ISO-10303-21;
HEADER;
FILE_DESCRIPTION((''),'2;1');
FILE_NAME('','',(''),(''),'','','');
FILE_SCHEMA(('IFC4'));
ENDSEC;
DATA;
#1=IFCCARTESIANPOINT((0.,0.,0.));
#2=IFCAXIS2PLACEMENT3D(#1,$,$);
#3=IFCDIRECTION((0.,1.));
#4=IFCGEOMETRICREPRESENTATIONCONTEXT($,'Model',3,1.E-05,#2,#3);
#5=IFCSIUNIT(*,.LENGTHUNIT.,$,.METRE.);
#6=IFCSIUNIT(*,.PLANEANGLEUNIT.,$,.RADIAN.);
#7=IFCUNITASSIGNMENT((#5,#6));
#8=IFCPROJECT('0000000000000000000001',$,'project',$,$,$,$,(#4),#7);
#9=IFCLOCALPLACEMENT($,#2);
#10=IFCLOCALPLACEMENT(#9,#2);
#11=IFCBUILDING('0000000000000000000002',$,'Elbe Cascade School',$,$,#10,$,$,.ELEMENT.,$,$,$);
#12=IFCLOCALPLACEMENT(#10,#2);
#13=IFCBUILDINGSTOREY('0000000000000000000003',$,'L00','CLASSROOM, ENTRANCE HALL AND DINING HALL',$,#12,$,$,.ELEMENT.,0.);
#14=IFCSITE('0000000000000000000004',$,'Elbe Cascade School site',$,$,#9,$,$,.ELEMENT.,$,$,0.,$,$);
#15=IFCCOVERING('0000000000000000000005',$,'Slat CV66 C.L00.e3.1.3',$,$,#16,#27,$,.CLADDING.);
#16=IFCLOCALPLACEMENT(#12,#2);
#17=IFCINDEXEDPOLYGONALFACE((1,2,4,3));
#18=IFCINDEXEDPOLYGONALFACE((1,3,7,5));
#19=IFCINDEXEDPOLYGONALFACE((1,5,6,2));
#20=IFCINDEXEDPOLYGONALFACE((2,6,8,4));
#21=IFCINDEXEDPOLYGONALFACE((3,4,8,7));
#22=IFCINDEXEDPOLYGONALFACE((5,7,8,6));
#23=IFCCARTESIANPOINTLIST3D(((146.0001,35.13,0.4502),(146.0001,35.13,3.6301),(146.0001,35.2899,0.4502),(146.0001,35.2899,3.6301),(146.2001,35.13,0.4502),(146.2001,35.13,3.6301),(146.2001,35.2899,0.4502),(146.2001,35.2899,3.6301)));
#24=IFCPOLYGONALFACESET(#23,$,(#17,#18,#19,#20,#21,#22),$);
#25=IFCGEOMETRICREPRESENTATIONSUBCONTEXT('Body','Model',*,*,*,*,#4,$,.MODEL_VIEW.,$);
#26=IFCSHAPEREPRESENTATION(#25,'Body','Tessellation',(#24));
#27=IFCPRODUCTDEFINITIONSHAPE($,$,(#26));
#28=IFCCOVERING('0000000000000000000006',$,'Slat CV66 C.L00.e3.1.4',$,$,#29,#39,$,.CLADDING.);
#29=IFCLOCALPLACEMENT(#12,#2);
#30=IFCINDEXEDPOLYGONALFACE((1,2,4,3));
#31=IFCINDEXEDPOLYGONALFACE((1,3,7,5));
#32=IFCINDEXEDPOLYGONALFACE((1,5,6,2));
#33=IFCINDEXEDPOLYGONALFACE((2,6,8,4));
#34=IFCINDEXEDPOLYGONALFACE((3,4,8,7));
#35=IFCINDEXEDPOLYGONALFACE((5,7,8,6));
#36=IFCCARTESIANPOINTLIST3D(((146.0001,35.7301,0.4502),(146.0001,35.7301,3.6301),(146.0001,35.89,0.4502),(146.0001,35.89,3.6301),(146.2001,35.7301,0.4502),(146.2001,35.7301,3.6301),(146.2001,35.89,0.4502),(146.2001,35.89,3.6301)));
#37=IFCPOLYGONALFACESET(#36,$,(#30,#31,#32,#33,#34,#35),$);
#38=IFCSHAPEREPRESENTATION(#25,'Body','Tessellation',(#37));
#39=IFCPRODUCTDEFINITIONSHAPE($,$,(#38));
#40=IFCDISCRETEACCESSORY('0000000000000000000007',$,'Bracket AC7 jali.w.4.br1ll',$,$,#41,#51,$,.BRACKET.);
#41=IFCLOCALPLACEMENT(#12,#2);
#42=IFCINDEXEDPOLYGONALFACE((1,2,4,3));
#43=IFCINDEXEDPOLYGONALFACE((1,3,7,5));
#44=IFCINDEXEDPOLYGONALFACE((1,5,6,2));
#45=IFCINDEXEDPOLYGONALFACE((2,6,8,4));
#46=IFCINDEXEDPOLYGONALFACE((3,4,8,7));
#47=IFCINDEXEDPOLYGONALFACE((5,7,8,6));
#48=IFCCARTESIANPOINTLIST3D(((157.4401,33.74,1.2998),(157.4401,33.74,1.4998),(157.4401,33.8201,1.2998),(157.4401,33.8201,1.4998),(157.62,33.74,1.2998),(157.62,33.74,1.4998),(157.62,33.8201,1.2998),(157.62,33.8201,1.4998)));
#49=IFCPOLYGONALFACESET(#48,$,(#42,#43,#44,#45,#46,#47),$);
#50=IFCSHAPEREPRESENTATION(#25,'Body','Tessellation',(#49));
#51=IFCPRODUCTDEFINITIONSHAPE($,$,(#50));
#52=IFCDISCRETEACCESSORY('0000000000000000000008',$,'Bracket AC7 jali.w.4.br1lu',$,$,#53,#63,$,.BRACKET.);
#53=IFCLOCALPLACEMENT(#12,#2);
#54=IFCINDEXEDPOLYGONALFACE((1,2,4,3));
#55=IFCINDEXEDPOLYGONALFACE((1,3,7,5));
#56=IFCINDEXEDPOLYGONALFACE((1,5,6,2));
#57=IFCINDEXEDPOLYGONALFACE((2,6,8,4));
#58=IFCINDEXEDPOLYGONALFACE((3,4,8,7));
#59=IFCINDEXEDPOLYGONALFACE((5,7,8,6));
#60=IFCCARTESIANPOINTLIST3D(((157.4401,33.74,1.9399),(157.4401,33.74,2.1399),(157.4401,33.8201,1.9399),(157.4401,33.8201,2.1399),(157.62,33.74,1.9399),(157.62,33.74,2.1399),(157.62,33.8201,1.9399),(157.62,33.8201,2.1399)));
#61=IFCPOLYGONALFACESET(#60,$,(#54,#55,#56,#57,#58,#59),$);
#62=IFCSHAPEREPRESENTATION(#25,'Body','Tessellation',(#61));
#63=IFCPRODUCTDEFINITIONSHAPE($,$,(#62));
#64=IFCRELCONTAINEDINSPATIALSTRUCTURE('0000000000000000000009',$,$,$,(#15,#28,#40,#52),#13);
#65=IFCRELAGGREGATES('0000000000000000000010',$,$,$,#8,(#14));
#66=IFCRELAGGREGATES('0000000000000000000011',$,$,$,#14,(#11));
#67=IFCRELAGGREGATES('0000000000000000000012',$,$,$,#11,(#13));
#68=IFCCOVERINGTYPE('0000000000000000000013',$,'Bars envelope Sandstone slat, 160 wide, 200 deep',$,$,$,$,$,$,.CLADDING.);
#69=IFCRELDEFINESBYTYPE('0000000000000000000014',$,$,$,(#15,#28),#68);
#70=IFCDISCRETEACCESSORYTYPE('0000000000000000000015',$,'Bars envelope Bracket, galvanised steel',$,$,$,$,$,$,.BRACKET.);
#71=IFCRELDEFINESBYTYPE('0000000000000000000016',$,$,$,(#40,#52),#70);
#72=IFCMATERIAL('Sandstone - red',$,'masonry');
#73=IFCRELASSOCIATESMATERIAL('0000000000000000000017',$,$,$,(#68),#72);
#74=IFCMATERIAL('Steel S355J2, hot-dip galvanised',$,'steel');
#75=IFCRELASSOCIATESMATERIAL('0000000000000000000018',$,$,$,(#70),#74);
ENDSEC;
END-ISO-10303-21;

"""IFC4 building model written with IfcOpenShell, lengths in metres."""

from ifc_helpers import new_model, si_unit, direction, frame, origin, origin_2d, place, context, subcontext, project, spatial, rectangle, extrude, material, type_object, element, save


model = new_model("IFC4")

# Units and contexts
model_context = context("Model", 3, precision=1e-05, world=origin(), true_north=direction((0.0, 1.0)))
body_context = subcontext(model_context, "Body", "Model", "MODEL_VIEW")
ifc_project = project(units=[si_unit("LENGTHUNIT", "METRE"), si_unit("PLANEANGLEUNIT", "RADIAN")], contexts=[model_context])

# Site, building, storey
site_placement = place(None, origin())
site = spatial("IfcSite", under=ifc_project, at=site_placement, Name="Elbe Cascade School site", CompositionType="ELEMENT", RefElevation=0.0)
building_placement = place(site_placement, origin())
building = spatial("IfcBuilding", under=site, at=building_placement, Name="Elbe Cascade School", CompositionType="ELEMENT")
storey_placement = place(building_placement, origin())
storey = spatial("IfcBuildingStorey", under=building, at=storey_placement, Name="L00", Description="CLASSROOM, ENTRANCE HALL AND DINING HALL", CompositionType="ELEMENT", Elevation=0.0)

# Coverings
ifc_material_1 = material(Name="Sandstone - red", Category="masonry")
covering_type_1 = type_object("IfcCoveringType", Name="Bars envelope Sandstone slat, 160 wide, 200 deep", PredefinedType="CLADDING", material=ifc_material_1)
for number, where, z_axis, x_axis, name in (
    (1, (146.1001, 35.21, 0.4502), (0.0, 0.0, 1.0), (0.0, 1.0, 0.0), "Slat CV66 C.L00.e3.1.3"),
    (2, (146.1001, 35.8101, 0.4502), (0.0, 0.0, 1.0), (0.0, 1.0, 0.0), "Slat CV66 C.L00.e3.1.4"),
):
    element("IfcCovering", number, at=place(storey_placement, frame(where, z_axis=z_axis, x_axis=x_axis)), inside=storey, type_object=covering_type_1, Name=name, PredefinedType="CLADDING", context=body_context, shape_type="SweptSolid", body=[
        extrude(rectangle(XDim=0.1599, YDim=0.2, at=origin_2d()), origin(), (0.0, 0.0, 1.0), 3.1799),
    ])

# Discrete accessories
ifc_material_2 = material(Name="Steel S355J2, hot-dip galvanised", Category="steel")
discrete_accessory_type = type_object("IfcDiscreteAccessoryType", Name="Bars envelope Bracket, galvanised steel", PredefinedType="BRACKET", material=ifc_material_2)
for number, where, z_axis, x_axis, name in (
    (3, (157.53, 33.78, 1.2998), (0.0, 0.0, 1.0), (0.0, 1.0, 0.0), "Bracket AC7 jali.w.4.br1ll"),
    (4, (157.53, 33.78, 1.9399), (0.0, 0.0, 1.0), (0.0, 1.0, 0.0), "Bracket AC7 jali.w.4.br1lu"),
):
    element("IfcDiscreteAccessory", number, at=place(storey_placement, frame(where, z_axis=z_axis, x_axis=x_axis)), inside=storey, type_object=discrete_accessory_type, Name=name, PredefinedType="BRACKET", context=body_context, shape_type="SweptSolid", body=[
        extrude(rectangle(XDim=0.0801, YDim=0.1799, at=origin_2d()), origin(), (0.0, 0.0, 1.0), 0.2),
    ])

save(model, "model.ifc")
